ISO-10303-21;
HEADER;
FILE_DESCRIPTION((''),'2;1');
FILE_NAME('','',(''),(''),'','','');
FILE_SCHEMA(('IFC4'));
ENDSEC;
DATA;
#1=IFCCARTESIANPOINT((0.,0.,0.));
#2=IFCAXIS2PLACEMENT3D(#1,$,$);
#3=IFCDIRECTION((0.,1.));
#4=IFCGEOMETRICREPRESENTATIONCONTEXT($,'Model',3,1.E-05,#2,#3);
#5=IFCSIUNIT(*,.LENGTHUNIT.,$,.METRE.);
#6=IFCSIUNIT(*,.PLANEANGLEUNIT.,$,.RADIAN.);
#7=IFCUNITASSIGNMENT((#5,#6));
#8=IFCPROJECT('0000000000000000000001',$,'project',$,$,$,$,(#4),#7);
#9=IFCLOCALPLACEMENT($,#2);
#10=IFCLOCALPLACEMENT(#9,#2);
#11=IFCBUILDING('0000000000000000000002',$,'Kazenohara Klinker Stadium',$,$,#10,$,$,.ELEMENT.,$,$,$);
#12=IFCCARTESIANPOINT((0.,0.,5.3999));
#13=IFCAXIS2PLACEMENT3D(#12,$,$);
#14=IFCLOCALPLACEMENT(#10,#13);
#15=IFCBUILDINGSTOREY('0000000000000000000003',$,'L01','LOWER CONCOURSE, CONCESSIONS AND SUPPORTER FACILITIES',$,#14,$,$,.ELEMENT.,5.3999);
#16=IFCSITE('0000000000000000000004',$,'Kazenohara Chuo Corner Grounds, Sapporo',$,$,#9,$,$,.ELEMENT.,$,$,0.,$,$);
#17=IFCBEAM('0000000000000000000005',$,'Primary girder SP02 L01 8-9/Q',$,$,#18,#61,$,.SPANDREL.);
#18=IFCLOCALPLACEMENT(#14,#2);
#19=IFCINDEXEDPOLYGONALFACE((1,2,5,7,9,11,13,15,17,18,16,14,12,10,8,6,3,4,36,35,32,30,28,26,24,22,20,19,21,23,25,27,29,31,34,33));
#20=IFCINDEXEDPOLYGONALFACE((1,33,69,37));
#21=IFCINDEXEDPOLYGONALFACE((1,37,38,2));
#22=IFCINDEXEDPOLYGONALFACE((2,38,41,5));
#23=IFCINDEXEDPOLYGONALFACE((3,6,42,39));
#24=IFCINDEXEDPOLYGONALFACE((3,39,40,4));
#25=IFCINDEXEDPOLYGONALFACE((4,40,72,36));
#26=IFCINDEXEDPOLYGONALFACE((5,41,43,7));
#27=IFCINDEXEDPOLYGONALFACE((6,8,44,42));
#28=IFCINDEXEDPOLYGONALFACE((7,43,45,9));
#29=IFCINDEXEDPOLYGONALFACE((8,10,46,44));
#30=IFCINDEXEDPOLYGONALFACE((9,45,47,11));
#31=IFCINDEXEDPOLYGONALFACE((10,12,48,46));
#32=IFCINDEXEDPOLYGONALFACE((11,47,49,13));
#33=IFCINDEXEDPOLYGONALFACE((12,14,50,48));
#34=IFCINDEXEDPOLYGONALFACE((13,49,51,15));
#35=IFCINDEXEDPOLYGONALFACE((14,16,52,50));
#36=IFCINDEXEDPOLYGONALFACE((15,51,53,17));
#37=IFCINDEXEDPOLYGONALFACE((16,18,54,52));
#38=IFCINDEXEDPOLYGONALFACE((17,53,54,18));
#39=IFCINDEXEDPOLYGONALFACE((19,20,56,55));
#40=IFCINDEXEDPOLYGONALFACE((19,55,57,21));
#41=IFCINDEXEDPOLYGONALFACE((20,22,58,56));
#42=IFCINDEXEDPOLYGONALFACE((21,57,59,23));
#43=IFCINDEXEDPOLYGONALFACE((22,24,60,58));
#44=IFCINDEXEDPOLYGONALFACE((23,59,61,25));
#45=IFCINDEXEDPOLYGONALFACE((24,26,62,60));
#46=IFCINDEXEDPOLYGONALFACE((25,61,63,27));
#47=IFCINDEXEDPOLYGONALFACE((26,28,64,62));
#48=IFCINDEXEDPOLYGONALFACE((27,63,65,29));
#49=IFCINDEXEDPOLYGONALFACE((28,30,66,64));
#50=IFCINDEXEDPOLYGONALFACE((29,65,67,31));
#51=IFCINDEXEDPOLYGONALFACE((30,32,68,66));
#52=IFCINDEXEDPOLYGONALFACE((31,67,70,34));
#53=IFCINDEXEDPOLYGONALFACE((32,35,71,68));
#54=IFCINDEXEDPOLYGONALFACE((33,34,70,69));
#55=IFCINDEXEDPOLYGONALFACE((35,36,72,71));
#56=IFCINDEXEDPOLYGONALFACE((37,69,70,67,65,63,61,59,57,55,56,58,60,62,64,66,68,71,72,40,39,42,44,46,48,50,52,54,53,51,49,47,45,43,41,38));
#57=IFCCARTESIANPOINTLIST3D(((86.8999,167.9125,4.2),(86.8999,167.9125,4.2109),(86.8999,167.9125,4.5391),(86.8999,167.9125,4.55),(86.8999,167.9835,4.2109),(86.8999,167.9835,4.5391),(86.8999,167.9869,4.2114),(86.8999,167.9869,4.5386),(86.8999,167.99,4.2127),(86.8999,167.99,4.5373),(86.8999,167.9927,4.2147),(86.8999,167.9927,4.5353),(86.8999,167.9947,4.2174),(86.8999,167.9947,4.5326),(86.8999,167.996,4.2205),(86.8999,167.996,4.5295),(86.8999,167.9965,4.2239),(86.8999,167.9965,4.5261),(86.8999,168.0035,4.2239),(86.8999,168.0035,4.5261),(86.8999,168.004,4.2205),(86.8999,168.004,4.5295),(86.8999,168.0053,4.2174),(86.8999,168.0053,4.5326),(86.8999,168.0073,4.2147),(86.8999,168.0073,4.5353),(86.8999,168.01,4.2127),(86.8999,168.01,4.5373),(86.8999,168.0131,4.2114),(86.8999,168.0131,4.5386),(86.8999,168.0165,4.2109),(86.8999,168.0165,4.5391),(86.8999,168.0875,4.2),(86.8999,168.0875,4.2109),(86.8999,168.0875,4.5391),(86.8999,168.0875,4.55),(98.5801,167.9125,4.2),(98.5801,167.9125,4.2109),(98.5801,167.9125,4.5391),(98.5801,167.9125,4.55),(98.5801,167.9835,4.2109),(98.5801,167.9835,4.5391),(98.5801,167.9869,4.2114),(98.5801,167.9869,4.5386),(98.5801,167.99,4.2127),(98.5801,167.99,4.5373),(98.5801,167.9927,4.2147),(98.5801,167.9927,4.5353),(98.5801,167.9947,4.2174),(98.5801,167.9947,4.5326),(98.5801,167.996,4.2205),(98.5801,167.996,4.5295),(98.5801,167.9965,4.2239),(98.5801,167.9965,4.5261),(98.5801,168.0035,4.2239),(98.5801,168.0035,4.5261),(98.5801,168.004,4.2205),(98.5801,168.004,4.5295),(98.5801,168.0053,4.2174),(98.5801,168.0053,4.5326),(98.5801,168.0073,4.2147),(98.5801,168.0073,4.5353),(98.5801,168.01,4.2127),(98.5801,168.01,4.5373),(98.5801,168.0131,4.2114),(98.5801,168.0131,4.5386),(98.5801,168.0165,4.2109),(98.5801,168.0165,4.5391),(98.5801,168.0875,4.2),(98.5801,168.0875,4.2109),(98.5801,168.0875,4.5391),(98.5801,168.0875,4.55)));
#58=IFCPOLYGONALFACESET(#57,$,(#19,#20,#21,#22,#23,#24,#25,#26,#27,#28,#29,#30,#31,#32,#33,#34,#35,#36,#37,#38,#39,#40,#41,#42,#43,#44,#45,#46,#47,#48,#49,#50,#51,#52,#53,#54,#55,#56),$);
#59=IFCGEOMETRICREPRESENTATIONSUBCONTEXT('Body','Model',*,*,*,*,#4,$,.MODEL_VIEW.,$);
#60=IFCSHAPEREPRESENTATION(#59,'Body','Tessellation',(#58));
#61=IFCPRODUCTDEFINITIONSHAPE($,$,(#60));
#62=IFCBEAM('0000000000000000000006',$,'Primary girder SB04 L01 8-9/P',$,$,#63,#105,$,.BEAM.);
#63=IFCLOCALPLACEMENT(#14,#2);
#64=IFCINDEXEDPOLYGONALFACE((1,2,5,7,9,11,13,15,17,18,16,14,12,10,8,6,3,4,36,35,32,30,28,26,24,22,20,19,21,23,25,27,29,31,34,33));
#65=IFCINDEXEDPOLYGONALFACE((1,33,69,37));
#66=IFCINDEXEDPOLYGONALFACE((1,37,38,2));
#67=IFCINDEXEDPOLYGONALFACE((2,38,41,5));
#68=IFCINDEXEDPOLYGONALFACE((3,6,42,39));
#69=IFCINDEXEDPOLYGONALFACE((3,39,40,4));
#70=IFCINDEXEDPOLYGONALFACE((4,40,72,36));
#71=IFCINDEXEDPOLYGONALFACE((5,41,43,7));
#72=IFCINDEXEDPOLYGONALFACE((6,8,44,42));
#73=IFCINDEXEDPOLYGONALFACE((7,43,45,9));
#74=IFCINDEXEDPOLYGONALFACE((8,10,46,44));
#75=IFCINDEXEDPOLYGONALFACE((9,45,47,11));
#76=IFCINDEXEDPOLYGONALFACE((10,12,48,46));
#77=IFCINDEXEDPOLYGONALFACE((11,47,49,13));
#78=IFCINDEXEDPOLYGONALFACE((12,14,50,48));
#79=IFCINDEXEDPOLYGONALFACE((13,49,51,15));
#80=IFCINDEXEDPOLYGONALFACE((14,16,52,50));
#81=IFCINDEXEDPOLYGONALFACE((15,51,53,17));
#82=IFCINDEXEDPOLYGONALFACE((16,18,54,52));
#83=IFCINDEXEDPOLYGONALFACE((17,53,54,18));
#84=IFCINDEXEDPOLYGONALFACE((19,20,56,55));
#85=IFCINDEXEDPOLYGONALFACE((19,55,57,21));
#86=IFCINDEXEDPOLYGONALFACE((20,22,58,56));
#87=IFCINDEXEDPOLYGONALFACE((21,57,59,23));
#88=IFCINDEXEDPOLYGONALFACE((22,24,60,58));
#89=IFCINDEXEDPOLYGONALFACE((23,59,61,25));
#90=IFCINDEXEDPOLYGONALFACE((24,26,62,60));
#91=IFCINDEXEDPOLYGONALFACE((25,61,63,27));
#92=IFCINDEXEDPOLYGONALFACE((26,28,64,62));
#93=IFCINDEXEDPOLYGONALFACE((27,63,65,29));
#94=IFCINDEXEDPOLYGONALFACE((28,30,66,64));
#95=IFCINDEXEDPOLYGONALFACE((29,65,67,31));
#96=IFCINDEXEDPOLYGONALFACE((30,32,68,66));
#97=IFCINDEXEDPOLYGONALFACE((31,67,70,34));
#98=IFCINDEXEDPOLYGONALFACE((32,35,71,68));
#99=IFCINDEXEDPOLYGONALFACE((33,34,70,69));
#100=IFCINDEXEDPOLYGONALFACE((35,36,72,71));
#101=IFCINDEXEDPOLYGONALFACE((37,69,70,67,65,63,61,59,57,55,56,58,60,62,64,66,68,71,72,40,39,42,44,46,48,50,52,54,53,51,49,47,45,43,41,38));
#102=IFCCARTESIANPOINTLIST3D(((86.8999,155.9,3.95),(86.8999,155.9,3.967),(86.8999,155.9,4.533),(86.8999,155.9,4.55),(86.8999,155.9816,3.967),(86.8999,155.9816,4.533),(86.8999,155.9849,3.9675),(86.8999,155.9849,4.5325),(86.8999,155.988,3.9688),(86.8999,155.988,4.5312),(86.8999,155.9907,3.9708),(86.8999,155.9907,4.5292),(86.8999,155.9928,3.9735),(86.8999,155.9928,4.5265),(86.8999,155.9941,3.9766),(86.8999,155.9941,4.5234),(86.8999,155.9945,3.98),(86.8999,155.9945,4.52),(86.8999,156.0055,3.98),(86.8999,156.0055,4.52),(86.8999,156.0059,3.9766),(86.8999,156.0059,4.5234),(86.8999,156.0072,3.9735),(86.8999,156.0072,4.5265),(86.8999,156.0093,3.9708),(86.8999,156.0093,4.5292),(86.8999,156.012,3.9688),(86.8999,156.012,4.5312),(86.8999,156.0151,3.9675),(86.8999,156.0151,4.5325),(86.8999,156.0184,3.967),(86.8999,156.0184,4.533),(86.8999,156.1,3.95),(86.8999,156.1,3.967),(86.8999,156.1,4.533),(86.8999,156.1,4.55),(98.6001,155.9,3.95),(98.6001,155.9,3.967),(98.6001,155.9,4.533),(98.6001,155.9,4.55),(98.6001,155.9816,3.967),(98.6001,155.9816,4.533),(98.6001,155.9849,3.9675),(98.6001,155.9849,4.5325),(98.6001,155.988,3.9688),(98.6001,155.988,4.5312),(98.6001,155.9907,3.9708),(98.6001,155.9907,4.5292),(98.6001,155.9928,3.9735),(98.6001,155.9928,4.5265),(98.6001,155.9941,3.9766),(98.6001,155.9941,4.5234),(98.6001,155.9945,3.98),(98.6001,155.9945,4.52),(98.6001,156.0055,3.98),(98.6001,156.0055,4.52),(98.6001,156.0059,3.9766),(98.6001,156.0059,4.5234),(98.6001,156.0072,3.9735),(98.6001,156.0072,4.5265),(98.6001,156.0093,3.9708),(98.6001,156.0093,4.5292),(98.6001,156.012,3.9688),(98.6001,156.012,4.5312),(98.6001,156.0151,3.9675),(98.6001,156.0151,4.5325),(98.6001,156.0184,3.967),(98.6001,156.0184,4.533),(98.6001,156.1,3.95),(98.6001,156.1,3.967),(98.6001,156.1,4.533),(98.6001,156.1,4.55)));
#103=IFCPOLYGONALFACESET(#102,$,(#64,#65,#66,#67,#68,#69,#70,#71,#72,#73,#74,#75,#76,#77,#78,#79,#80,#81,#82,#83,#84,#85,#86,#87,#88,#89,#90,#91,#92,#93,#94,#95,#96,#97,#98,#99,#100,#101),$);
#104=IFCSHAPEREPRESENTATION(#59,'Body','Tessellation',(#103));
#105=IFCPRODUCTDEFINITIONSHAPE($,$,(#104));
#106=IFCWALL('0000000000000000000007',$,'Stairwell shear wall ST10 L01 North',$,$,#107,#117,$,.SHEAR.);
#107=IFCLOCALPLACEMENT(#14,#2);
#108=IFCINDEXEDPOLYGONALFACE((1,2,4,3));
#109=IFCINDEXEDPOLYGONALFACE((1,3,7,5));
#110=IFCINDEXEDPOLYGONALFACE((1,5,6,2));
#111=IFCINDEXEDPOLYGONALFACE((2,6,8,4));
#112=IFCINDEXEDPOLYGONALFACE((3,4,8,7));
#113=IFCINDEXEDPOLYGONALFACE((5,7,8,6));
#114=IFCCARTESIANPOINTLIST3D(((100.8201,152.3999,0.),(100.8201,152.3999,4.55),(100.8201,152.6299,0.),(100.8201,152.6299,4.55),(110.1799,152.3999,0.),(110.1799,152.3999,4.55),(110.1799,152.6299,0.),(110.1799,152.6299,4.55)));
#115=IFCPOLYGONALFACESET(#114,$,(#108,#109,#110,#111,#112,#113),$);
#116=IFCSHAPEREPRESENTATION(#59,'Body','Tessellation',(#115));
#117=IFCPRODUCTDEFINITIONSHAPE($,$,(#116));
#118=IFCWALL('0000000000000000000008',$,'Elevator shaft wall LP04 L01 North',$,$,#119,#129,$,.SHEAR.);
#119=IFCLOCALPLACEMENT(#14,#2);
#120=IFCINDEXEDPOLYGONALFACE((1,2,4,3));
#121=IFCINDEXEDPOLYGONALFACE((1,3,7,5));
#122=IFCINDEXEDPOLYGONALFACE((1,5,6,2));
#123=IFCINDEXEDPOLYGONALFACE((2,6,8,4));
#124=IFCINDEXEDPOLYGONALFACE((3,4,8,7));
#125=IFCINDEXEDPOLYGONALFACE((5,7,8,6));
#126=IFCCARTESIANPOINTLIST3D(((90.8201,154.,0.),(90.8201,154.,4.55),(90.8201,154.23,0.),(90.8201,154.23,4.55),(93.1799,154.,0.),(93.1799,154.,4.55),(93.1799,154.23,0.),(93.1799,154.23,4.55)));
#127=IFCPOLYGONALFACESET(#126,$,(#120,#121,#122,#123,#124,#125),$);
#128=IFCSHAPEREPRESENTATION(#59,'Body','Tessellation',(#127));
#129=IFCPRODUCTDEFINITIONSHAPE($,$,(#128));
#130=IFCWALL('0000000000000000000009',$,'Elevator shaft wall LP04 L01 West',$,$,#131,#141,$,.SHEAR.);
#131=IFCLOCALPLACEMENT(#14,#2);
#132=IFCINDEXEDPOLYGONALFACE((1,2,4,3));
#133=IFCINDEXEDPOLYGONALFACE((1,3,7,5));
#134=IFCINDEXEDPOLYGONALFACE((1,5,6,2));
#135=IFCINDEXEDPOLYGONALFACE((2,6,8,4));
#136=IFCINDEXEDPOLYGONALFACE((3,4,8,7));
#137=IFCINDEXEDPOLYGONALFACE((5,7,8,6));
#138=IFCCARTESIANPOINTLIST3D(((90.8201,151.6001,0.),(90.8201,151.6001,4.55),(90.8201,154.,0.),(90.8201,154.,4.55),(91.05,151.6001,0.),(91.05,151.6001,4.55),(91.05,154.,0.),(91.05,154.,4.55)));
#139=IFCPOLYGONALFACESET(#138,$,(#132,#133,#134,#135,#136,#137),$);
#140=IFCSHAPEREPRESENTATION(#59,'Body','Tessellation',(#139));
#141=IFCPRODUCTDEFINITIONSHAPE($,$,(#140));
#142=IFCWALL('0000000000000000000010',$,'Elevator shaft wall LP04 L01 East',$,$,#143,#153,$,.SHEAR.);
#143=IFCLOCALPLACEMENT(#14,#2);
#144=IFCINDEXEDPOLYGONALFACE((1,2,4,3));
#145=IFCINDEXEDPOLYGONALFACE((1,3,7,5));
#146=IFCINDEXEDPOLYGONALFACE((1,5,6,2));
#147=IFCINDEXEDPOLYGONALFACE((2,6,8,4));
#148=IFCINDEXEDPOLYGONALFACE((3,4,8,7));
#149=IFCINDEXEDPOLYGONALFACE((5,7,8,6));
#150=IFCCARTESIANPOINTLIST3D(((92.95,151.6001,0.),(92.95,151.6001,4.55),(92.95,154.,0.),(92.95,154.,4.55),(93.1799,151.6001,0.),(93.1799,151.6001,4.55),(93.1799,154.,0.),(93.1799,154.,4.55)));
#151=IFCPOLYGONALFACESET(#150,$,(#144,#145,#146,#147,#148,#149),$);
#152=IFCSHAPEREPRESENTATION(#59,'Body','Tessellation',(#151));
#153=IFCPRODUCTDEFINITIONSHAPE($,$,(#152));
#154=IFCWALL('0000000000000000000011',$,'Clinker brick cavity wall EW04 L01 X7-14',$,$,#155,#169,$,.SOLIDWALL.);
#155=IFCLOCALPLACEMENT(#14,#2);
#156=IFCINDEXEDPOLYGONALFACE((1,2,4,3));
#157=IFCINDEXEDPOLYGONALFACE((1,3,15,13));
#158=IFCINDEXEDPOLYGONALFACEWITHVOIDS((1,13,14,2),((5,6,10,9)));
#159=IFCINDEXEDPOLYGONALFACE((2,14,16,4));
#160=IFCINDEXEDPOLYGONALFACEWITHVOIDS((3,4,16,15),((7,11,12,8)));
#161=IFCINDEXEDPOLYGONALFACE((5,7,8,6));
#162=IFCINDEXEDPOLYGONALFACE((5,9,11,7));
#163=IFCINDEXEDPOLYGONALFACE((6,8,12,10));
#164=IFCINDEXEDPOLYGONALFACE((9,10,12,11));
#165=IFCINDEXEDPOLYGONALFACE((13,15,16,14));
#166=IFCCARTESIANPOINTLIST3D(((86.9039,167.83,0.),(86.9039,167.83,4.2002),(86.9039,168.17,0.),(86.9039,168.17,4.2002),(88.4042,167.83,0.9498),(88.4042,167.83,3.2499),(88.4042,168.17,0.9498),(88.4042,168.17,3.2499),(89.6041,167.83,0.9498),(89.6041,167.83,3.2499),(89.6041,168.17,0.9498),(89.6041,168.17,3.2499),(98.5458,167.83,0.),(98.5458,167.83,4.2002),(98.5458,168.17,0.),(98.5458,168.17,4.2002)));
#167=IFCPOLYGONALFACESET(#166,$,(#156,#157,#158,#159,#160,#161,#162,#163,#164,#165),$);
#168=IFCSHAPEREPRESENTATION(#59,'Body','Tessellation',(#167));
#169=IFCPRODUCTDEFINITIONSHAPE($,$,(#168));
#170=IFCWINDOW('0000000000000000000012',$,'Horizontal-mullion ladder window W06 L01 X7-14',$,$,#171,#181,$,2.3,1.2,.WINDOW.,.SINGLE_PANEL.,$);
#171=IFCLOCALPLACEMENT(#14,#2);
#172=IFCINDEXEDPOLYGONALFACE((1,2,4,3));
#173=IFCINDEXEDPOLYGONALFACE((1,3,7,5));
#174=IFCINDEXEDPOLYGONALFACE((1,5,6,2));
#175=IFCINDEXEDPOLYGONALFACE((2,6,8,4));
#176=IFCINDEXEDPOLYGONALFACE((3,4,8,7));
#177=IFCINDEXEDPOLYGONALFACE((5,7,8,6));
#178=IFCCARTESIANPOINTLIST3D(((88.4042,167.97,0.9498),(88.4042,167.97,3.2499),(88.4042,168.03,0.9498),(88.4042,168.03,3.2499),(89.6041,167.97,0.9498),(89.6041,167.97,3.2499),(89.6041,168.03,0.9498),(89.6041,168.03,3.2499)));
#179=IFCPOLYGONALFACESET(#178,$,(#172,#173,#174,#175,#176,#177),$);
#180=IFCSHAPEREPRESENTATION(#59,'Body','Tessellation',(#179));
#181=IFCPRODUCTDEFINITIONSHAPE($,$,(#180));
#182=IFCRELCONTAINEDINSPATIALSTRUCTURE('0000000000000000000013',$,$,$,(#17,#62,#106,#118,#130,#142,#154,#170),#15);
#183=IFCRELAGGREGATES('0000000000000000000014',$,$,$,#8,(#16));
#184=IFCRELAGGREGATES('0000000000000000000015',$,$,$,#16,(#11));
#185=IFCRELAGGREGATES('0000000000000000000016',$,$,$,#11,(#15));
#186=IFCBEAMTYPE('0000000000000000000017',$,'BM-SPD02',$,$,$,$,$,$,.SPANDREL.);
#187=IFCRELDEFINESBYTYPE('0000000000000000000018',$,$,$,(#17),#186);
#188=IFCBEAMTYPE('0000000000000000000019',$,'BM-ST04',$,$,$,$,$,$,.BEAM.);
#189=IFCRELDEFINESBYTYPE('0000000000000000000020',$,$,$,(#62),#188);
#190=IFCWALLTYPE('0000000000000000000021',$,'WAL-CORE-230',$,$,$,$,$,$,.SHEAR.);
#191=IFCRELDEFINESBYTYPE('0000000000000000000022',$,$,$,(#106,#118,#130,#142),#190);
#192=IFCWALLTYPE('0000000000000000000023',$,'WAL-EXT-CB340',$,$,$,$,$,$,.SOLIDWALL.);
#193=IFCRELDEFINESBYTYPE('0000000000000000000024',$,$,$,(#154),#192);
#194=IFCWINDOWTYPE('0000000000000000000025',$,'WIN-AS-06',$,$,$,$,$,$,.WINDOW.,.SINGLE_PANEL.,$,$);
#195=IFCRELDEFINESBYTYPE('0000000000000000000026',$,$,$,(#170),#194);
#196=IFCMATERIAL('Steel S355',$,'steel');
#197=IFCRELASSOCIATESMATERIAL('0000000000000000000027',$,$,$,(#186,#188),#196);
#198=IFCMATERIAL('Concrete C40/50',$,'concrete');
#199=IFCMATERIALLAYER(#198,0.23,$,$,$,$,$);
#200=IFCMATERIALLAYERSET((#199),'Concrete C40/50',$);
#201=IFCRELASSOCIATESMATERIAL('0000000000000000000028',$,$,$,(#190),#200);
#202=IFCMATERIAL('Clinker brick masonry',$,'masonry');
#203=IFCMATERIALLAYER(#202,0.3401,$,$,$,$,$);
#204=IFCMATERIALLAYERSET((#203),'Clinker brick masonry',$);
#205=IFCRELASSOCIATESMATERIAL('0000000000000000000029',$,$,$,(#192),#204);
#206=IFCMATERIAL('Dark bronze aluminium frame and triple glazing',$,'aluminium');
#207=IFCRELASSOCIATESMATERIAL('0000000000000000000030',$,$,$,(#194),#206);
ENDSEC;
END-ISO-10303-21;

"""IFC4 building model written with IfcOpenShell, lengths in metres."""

from ifc_helpers import new_model, si_unit, direction, frame, frame_2d, origin, origin_2d, place, context, subcontext, project, spatial, rectangle, i_section, extrude, material, layer, layer_set, material_profile, profile_set, type_object, element, fill, save


model = new_model("IFC4")

# Units and contexts
model_context = context("Model", 3, precision=1e-05, world=origin(), true_north=direction((0.0, 1.0)))
body_context = subcontext(model_context, "Body", "Model", "MODEL_VIEW")
ifc_project = project(units=[si_unit("LENGTHUNIT", "METRE"), si_unit("PLANEANGLEUNIT", "RADIAN")], contexts=[model_context])

# Site, building, storey
site_placement = place(None, origin())
site = spatial("IfcSite", under=ifc_project, at=site_placement, Name="Kazenohara Chuo Corner Grounds, Sapporo", CompositionType="ELEMENT", RefElevation=0.0)
building_placement = place(site_placement, origin())
building = spatial("IfcBuilding", under=site, at=building_placement, Name="Kazenohara Klinker Stadium", CompositionType="ELEMENT")
storey_placement = place(building_placement, frame((0.0, 0.0, 5.3999)))
storey = spatial("IfcBuildingStorey", under=building, at=storey_placement, Name="L01", Description="LOWER CONCOURSE, CONCESSIONS AND SUPPORTER FACILITIES", CompositionType="ELEMENT", Elevation=5.3999)

# Shared definitions
ifc_material_1 = material(Name="Concrete C40/50", Category="concrete")

# Beams
ifc_material_2 = material(Name="Steel S355", Category="steel")
ifc_material_profile_1 = material_profile(ifc_material_2, i_section(OverallWidth=0.175, OverallDepth=0.3501, WebThickness=0.0071, FlangeThickness=0.011, FilletRadius=0.0129, at=origin_2d()), Name="H-350x175x7x11")
ifc_profile_set_1 = profile_set([ifc_material_profile_1], Name="Steel S355")
beam_type_1 = type_object("IfcBeamType", Name="BM-SPD02", PredefinedType="SPANDREL", material=ifc_profile_set_1)
beam_1_placement = place(storey_placement, frame((86.8999, 168.0, 4.375), z_axis=(1.0, 0.0, 0.0), x_axis=(0.0, 1.0, 0.0)))
element("IfcBeam", 1, at=beam_1_placement, inside=storey, type_object=beam_type_1, Name="Primary girder SP02 L01 8-9/Q", PredefinedType="SPANDREL", context=body_context, shape_type="SweptSolid", body=[
    extrude(i_section(OverallWidth=0.175, OverallDepth=0.3501, WebThickness=0.0071, FlangeThickness=0.011, FilletRadius=0.0129, at=origin_2d()), origin(), (0.0, 0.0, 1.0), 11.6802),
])
ifc_material_profile_2 = material_profile(ifc_material_2, i_section(OverallWidth=0.2, OverallDepth=0.6001, WebThickness=0.011, FlangeThickness=0.0171, FilletRadius=0.0129, at=origin_2d()), Name="H-600x200x11x17")
ifc_profile_set_2 = profile_set([ifc_material_profile_2], Name="Steel S355")
beam_type_2 = type_object("IfcBeamType", Name="BM-ST04", PredefinedType="BEAM", material=ifc_profile_set_2)
beam_2_placement = place(storey_placement, frame((86.8999, 156.0, 4.25), z_axis=(1.0, 0.0, 0.0), x_axis=(0.0, 1.0, 0.0)))
element("IfcBeam", 2, at=beam_2_placement, inside=storey, type_object=beam_type_2, Name="Primary girder SB04 L01 8-9/P", PredefinedType="BEAM", context=body_context, shape_type="SweptSolid", body=[
    extrude(i_section(OverallWidth=0.2, OverallDepth=0.6001, WebThickness=0.011, FlangeThickness=0.0171, FilletRadius=0.0129, at=origin_2d()), origin(), (0.0, 0.0, 1.0), 11.7002),
])

# Wall
ifc_layer_1 = layer(ifc_material_1, 0.23)
ifc_layer_set_1 = layer_set([ifc_layer_1], Name="Concrete C40/50")
wall_type_1 = type_object("IfcWallType", Name="WAL-CORE-230", PredefinedType="SHEAR", material=ifc_layer_set_1)
wall_1_placement = place(storey_placement, frame((100.8201, 152.5149, 0.0), z_axis=(0.0, 0.0, 1.0), x_axis=(1.0, 0.0, 0.0)))
element("IfcWall", 3, at=wall_1_placement, inside=storey, type_object=wall_type_1, Name="Stairwell shear wall ST10 L01 North", PredefinedType="SHEAR", context=body_context, shape_type="SweptSolid", body=[
    extrude(rectangle(XDim=9.3599, YDim=0.23, at=frame_2d((4.6799, 0.0))), origin(), (0.0, 0.0, 1.0), 4.55),
])

# Walls
wall_2_placement = place(storey_placement, frame((90.8201, 154.115, 0.0), z_axis=(0.0, 0.0, 1.0), x_axis=(1.0, 0.0, 0.0)))
element("IfcWall", 4, at=wall_2_placement, inside=storey, type_object=wall_type_1, Name="Elevator shaft wall LP04 L01 North", PredefinedType="SHEAR", context=body_context, shape_type="SweptSolid", body=[
    extrude(rectangle(XDim=2.3599, YDim=0.23, at=frame_2d((1.1799, 0.0))), origin(), (0.0, 0.0, 1.0), 4.55),
])
for number, where, z_axis, x_axis, name in (
    (5, (90.9351, 151.6001, 0.0), (0.0, 0.0, 1.0), (0.0, 1.0, 0.0), "Elevator shaft wall LP04 L01 West"),
    (6, (93.0649, 151.6001, 0.0), (0.0, 0.0, 1.0), (0.0, 1.0, 0.0), "Elevator shaft wall LP04 L01 East"),
):
    element("IfcWall", number, at=place(storey_placement, frame(where, z_axis=z_axis, x_axis=x_axis)), inside=storey, type_object=wall_type_1, Name=name, PredefinedType="SHEAR", context=body_context, shape_type="SweptSolid", body=[
        extrude(rectangle(XDim=2.3999, YDim=0.23, at=frame_2d((1.2, 0.0))), origin(), (0.0, 0.0, 1.0), 4.55),
    ])

# Wall, opening, window
ifc_material_3 = material(Name="Clinker brick masonry", Category="masonry")
ifc_layer_2 = layer(ifc_material_3, 0.3401)
ifc_layer_set_2 = layer_set([ifc_layer_2], Name="Clinker brick masonry")
wall_type_2 = type_object("IfcWallType", Name="WAL-EXT-CB340", PredefinedType="SOLIDWALL", material=ifc_layer_set_2)
wall_3_placement = place(storey_placement, frame((86.9041, 168.0, 0.0), z_axis=(0.0, 0.0, 1.0), x_axis=(1.0, 0.0, 0.0)))
wall_3 = element("IfcWall", 7, at=wall_3_placement, inside=storey, type_object=wall_type_2, Name="Clinker brick cavity wall EW04 L01 X7-14", PredefinedType="SOLIDWALL", context=body_context, shape_type="SweptSolid", body=[
    extrude(rectangle(XDim=11.6418, YDim=0.3401, at=frame_2d((5.8208, 0.0))), origin(), (0.0, 0.0, 1.0), 4.2002),
])
opening_1_placement = place(wall_3_placement, frame((1.5, 0.0, 0.95)))
opening_1 = element("IfcOpeningElement", 8, at=opening_1_placement, cuts=wall_3, PredefinedType="OPENING", context=body_context, shape_type="SweptSolid", body=[
    extrude(rectangle(XDim=1.2, YDim=2.3, at=frame_2d((0.6001, 1.1499))), frame((0.0, 0.1802, 0.0), z_axis=(0.0, -1.0, 0.0), x_axis=(1.0, 0.0, 0.0)), (0.0, 0.0, 1.0), 0.3601),
])
ifc_material_4 = material(Name="Dark bronze aluminium frame and triple glazing", Category="aluminium")
window_type_1 = type_object("IfcWindowType", Name="WIN-AS-06", PartitioningType="SINGLE_PANEL", PredefinedType="WINDOW", material=ifc_material_4)
window_1_placement = place(opening_1_placement, origin())
window_1 = element("IfcWindow", 9, at=window_1_placement, inside=storey, type_object=window_type_1, Name="Horizontal-mullion ladder window W06 L01 X7-14", OverallHeight=2.3, OverallWidth=1.2, PartitioningType="SINGLE_PANEL", PredefinedType="WINDOW", context=body_context, shape_type="SweptSolid", body=[
    extrude(rectangle(XDim=1.2, YDim=2.3, at=frame_2d((0.6001, 1.1499))), frame((0.0, 0.03, 0.0), z_axis=(0.0, -1.0, 0.0), x_axis=(1.0, 0.0, 0.0)), (0.0, 0.0, 1.0), 0.0601),
])
fill(opening_1, window_1)

save(model, "model.ifc")
